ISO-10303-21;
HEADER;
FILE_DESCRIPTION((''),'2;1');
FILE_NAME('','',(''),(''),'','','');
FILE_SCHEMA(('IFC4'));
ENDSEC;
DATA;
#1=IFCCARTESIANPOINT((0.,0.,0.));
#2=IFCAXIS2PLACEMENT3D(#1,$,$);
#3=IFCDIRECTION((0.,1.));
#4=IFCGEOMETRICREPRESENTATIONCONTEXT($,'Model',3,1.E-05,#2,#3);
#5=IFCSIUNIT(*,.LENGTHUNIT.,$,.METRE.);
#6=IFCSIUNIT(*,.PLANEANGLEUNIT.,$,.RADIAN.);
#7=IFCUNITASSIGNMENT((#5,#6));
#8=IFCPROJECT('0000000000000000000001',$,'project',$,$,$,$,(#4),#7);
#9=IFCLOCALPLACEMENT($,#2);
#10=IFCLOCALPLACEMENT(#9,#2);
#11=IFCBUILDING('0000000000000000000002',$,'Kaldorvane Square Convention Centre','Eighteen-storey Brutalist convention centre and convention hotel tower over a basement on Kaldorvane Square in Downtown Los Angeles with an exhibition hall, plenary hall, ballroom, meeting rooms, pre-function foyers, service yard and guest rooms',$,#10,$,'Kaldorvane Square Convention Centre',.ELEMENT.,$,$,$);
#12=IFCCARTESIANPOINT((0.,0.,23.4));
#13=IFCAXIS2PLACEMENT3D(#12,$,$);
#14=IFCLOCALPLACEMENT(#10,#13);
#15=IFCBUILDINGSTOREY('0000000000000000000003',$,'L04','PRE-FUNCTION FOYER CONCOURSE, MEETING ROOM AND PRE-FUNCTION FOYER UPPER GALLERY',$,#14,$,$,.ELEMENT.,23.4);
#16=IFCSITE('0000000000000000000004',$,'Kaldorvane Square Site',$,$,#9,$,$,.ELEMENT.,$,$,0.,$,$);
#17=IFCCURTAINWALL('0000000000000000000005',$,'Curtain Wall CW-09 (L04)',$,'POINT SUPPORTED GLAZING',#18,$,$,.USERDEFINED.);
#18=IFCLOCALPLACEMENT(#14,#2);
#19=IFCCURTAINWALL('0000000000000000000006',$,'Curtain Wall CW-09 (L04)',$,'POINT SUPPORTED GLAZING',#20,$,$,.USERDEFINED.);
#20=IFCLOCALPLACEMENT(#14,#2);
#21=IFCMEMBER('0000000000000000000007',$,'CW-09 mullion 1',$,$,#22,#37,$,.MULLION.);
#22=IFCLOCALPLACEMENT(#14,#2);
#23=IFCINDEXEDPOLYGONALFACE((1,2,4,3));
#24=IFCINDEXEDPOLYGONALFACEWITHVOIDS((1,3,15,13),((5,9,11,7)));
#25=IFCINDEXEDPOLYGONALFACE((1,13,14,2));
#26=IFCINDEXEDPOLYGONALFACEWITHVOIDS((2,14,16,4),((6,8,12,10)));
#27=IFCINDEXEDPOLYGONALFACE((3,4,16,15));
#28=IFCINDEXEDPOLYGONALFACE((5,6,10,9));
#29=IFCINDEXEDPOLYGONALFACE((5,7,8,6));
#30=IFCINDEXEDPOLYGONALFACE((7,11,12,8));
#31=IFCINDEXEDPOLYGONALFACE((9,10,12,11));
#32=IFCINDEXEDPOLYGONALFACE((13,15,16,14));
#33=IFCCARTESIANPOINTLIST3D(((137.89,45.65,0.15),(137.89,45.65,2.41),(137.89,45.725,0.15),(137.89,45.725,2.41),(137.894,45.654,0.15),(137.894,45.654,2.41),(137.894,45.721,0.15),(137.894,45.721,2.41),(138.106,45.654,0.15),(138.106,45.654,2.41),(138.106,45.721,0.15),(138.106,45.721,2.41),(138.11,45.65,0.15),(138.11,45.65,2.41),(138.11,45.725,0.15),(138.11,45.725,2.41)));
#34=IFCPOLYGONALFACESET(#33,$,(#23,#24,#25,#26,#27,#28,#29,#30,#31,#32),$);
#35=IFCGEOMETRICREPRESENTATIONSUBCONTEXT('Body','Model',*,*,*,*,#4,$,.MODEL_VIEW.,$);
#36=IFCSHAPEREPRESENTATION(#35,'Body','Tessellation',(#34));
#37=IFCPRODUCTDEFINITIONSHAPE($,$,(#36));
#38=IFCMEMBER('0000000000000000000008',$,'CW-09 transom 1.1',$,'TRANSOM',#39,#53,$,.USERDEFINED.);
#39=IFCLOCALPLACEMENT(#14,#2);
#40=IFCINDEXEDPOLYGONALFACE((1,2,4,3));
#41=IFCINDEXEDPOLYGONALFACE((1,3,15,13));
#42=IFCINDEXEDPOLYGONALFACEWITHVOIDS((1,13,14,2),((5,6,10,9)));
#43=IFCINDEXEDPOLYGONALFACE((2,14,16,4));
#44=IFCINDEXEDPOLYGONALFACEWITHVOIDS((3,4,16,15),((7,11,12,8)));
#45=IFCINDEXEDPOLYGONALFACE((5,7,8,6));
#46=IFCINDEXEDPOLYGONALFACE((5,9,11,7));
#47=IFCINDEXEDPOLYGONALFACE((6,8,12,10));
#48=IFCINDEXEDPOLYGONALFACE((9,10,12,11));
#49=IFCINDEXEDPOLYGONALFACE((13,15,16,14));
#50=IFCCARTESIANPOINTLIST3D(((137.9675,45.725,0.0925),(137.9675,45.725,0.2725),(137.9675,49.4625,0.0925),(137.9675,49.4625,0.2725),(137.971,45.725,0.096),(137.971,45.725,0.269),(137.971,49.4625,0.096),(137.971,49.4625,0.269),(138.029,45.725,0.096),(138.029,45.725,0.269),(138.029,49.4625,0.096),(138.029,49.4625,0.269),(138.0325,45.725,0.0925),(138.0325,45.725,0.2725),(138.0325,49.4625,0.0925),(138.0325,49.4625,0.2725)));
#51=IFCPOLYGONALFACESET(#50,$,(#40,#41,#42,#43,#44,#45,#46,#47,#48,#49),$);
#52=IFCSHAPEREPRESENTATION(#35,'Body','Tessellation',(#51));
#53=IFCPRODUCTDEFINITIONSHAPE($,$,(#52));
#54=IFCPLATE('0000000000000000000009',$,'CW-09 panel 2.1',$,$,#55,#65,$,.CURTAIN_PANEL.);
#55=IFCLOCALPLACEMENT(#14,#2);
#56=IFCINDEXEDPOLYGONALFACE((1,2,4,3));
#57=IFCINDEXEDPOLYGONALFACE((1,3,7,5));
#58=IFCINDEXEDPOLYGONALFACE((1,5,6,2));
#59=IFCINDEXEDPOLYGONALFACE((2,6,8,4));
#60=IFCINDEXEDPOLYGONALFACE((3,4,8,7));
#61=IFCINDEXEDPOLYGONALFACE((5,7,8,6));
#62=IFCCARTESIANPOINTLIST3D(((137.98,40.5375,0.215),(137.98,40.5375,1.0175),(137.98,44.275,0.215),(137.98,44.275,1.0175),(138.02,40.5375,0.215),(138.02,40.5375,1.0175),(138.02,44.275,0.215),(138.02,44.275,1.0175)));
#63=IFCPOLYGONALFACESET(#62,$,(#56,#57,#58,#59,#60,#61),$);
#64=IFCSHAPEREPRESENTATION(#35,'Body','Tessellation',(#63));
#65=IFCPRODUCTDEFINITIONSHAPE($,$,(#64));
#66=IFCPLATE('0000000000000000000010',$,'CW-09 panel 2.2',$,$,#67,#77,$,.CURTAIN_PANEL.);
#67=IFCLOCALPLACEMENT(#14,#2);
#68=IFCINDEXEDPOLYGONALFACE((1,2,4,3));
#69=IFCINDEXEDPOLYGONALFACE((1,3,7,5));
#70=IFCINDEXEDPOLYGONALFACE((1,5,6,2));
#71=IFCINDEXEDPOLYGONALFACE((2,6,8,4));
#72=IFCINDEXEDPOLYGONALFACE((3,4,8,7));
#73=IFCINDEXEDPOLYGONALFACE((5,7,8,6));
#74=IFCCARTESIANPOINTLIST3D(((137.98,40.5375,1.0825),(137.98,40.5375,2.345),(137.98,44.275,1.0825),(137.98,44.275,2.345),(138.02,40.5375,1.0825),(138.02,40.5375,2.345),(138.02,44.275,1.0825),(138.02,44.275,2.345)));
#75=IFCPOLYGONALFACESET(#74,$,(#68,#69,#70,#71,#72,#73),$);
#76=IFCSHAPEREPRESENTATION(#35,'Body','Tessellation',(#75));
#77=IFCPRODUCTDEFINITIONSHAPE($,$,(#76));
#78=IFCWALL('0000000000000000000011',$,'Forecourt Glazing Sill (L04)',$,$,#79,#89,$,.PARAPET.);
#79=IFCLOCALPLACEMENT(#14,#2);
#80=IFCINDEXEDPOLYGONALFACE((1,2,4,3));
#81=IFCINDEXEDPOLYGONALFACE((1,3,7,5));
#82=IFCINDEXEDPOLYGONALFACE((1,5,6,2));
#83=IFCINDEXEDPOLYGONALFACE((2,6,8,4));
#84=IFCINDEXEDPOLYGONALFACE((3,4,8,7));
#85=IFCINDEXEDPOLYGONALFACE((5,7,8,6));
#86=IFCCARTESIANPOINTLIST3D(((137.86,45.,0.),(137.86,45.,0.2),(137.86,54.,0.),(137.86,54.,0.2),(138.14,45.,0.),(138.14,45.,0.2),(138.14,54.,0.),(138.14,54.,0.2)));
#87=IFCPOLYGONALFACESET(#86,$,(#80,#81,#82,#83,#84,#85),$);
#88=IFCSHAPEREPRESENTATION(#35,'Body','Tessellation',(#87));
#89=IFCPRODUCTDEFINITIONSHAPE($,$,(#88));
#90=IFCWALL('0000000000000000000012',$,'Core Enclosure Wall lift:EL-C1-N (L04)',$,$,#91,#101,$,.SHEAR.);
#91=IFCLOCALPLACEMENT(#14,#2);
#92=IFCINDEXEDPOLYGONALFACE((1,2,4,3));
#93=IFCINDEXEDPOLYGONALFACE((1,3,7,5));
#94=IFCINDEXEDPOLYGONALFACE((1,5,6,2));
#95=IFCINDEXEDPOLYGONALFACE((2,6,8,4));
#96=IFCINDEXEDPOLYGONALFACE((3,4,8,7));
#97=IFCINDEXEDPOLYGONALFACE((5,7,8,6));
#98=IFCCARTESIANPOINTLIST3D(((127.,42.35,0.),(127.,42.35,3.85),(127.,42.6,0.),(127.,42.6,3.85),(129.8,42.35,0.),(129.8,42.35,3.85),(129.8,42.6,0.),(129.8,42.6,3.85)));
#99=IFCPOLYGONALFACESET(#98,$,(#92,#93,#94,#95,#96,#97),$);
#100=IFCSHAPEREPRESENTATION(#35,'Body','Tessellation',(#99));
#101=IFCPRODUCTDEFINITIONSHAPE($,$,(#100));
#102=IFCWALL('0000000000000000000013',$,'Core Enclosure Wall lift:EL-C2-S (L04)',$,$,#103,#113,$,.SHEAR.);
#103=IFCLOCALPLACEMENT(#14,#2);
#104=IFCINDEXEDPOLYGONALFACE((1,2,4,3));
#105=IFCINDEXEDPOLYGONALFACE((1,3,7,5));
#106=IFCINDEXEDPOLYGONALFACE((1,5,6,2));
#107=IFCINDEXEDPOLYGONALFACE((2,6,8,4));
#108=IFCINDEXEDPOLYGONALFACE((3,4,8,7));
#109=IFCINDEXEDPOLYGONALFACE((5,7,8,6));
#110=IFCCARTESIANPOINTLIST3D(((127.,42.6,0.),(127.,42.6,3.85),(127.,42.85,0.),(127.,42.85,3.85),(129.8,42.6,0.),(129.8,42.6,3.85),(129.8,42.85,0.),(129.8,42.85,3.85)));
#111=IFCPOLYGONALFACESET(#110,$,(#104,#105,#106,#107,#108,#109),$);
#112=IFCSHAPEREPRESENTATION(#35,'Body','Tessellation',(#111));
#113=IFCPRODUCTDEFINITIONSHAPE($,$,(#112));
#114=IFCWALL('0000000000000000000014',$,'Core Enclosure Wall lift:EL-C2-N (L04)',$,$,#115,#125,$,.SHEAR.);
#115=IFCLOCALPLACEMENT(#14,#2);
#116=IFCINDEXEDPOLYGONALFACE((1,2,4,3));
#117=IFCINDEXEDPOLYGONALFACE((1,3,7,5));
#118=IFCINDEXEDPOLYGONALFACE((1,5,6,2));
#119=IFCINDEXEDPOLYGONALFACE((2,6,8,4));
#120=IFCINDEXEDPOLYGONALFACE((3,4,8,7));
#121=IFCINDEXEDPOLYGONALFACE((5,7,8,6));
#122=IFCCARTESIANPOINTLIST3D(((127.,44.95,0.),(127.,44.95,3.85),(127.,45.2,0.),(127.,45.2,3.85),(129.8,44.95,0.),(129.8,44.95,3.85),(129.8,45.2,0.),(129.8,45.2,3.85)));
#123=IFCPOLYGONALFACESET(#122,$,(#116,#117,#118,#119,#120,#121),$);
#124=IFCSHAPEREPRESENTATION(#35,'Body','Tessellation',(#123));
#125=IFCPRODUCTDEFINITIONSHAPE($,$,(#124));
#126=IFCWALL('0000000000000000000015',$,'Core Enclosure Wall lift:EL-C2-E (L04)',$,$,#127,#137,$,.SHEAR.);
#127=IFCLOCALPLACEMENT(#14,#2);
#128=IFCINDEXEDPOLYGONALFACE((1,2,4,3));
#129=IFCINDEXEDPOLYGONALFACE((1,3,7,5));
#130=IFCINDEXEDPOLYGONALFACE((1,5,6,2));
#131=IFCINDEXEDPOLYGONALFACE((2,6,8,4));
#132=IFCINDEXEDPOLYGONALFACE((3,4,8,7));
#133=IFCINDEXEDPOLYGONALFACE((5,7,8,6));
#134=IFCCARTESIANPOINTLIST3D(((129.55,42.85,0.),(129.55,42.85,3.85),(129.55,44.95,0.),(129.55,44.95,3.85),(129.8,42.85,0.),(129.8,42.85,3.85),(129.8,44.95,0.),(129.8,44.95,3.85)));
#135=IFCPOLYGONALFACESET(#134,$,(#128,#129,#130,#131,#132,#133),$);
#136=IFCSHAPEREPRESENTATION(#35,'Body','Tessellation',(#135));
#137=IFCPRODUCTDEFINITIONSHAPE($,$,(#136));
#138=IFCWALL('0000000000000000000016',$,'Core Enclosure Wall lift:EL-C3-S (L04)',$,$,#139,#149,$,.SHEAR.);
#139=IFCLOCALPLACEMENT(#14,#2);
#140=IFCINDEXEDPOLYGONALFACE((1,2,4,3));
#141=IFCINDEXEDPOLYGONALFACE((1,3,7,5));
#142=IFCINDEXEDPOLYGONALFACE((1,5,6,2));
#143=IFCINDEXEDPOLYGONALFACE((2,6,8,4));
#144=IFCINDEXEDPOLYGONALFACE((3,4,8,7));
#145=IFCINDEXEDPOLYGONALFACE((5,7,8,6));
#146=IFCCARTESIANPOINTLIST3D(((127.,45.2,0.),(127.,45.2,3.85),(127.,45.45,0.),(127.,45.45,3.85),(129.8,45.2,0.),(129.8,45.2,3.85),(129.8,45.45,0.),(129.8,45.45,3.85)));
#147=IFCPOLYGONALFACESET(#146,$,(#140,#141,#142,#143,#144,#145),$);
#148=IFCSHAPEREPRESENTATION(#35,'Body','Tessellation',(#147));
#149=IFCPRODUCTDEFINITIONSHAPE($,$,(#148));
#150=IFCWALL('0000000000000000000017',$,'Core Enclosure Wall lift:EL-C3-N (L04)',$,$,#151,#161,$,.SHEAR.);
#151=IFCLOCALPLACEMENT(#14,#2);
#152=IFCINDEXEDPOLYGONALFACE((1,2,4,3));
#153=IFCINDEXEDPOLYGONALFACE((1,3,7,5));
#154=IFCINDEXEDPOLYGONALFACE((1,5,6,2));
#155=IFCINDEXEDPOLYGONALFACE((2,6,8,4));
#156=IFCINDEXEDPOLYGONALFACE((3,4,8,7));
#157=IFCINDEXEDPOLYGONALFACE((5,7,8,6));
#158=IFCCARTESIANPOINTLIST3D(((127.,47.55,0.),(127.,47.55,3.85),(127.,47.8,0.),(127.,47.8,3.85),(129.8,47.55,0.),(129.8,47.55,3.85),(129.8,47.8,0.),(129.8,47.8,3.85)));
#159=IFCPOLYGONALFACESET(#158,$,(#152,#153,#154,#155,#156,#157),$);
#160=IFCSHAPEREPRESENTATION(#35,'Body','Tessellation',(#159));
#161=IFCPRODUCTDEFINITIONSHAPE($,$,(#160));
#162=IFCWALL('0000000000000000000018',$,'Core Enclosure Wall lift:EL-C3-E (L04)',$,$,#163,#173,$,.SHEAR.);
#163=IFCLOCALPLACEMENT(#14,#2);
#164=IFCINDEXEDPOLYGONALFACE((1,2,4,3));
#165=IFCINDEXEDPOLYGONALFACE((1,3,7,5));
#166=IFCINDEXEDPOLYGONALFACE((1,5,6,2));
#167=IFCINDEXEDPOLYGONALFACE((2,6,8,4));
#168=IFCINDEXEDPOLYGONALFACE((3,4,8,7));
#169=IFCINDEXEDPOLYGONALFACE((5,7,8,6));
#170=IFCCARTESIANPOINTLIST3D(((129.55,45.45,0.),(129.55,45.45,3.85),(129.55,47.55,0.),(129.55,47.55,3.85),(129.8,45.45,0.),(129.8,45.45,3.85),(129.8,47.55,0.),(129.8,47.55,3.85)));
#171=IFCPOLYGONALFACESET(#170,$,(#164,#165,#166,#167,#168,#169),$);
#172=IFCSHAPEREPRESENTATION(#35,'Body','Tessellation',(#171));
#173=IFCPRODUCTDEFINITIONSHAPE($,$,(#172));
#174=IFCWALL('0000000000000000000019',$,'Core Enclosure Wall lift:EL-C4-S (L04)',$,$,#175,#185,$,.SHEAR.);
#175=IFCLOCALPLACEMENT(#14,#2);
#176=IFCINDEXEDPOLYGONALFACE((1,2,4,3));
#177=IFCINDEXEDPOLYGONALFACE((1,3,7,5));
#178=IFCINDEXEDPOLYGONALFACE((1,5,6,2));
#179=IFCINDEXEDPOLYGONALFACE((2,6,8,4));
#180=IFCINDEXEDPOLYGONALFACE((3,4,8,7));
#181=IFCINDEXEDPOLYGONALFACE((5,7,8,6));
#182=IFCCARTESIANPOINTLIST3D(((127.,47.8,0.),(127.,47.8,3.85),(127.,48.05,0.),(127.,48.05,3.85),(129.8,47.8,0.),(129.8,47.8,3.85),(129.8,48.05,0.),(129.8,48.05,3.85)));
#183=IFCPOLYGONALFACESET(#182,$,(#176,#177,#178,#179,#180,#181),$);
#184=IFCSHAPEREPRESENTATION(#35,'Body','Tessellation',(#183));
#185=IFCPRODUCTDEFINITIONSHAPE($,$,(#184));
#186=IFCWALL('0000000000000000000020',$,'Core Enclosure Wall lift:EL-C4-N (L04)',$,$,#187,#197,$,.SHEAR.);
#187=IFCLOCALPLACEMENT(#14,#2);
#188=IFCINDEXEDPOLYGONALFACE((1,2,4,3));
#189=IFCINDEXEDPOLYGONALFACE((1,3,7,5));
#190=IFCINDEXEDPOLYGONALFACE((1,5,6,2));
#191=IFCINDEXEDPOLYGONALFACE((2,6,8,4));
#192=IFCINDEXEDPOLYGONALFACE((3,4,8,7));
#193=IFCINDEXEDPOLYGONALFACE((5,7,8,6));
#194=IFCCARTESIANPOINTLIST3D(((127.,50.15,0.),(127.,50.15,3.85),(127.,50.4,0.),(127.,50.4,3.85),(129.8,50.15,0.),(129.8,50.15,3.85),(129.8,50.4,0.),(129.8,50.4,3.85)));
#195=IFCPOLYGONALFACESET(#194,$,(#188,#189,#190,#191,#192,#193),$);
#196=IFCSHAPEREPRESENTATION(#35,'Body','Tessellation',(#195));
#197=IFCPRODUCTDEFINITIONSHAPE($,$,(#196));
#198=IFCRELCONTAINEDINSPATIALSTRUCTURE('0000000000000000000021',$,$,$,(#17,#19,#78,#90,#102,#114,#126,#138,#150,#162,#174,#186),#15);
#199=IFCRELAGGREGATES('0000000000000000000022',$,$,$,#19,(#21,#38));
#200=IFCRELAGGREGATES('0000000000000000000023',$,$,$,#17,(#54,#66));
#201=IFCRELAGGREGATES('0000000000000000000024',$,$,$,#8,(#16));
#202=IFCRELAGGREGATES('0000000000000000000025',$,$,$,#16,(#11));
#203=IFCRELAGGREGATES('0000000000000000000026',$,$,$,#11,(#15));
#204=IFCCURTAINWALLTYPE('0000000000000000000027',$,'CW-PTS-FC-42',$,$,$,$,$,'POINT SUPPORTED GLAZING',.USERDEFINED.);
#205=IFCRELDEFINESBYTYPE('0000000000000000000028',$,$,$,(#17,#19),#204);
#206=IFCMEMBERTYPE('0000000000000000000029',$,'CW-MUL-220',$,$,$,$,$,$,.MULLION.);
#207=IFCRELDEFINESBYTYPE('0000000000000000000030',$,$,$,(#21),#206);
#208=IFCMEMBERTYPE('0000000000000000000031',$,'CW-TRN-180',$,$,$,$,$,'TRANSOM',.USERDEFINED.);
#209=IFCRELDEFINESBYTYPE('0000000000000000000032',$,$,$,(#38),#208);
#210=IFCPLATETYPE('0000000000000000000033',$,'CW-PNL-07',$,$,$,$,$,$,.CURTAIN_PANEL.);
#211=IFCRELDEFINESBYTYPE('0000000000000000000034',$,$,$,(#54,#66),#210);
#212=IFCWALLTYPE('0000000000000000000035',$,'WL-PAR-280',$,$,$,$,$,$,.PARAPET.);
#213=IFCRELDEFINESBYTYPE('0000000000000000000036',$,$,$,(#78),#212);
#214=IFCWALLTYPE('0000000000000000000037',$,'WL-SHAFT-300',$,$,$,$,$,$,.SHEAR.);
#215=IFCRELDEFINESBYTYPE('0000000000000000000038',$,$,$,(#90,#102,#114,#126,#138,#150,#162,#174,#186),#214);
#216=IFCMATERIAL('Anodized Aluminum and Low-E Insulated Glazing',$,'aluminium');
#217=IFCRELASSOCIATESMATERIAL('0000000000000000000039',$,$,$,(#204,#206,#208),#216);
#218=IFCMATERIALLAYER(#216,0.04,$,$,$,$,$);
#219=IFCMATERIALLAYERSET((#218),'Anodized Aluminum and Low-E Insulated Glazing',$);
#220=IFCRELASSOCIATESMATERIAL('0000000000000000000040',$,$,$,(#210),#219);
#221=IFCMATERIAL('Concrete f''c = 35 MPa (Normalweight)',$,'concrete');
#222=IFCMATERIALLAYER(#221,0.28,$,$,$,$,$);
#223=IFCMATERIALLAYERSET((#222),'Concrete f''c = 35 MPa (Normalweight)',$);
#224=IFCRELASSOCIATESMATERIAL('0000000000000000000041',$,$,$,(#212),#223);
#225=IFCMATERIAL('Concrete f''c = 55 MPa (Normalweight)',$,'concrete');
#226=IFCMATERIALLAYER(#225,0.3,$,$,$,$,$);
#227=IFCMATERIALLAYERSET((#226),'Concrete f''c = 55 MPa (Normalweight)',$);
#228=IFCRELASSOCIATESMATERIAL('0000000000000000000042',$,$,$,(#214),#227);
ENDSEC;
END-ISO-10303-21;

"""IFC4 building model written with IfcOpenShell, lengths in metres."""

from ifc_helpers import new_model, si_unit, direction, frame, frame_2d, origin, origin_2d, place, context, subcontext, project, spatial, rectangle, hollow_rectangle, extrude, material, layer, layer_set, material_profile, profile_set, type_object, element, aggregate, save


model = new_model("IFC4")

# Units and contexts
model_context = context("Model", 3, precision=1e-05, world=origin(), true_north=direction((0.0, 1.0)))
body_context = subcontext(model_context, "Body", "Model", "MODEL_VIEW")
ifc_project = project(units=[si_unit("LENGTHUNIT", "METRE"), si_unit("PLANEANGLEUNIT", "RADIAN")], contexts=[model_context])

# Site, building, storey
site_placement = place(None, origin())
site = spatial("IfcSite", under=ifc_project, at=site_placement, Name="Kaldorvane Square Site", CompositionType="ELEMENT", RefElevation=0.0)
building_placement = place(site_placement, origin())
building = spatial("IfcBuilding", under=site, at=building_placement, Name="Kaldorvane Square Convention Centre", Description="Eighteen-storey Brutalist convention centre and convention hotel tower over a basement on Kaldorvane Square in Downtown Los Angeles with an exhibition hall, plenary hall, ballroom, meeting rooms, pre-function foyers, service yard and guest rooms", LongName="Kaldorvane Square Convention Centre", CompositionType="ELEMENT")
storey_placement = place(building_placement, frame((0.0, 0.0, 23.4)))
storey = spatial("IfcBuildingStorey", under=building, at=storey_placement, Name="L04", Description="PRE-FUNCTION FOYER CONCOURSE, MEETING ROOM AND PRE-FUNCTION FOYER UPPER GALLERY", CompositionType="ELEMENT", Elevation=23.4)

# Curtain wall
ifc_material_1 = material(Name="Anodized Aluminum and Low-E Insulated Glazing", Category="aluminium")
curtain_wall_type = type_object("IfcCurtainWallType", Name="CW-PTS-FC-42", ElementType="POINT SUPPORTED GLAZING", PredefinedType="USERDEFINED", material=ifc_material_1)
curtain_wall_1_placement = place(storey_placement, origin())
curtain_wall_1 = element("IfcCurtainWall", 1, at=curtain_wall_1_placement, inside=storey, type_object=curtain_wall_type, Name="Curtain Wall CW-09 (L04)", ObjectType="POINT SUPPORTED GLAZING", PredefinedType="USERDEFINED")
ifc_material_profile_1 = material_profile(ifc_material_1, hollow_rectangle(XDim=0.075, YDim=0.22, WallThickness=0.004, at=origin_2d()), Name="CWM-220X75")
ifc_profile_set_1 = profile_set([ifc_material_profile_1], Name="Anodized Aluminum and Low-E Insulated Glazing")
member_type_1 = type_object("IfcMemberType", Name="CW-MUL-220", PredefinedType="MULLION", material=ifc_profile_set_1)

# Curtain wall, members
curtain_wall_2_placement = place(storey_placement, origin())
curtain_wall_2 = element("IfcCurtainWall", 2, at=curtain_wall_2_placement, inside=storey, type_object=curtain_wall_type, Name="Curtain Wall CW-09 (L04)", ObjectType="POINT SUPPORTED GLAZING", PredefinedType="USERDEFINED")
member_1_placement = place(storey_placement, frame((138.0, 45.6875, 0.15), z_axis=(0.0, 0.0, 1.0), x_axis=(0.0, 1.0, 0.0)))
member_1 = element("IfcMember", 3, at=member_1_placement, type_object=member_type_1, Name="CW-09 mullion 1", PredefinedType="MULLION", context=body_context, shape_type="SweptSolid", body=[
    extrude(hollow_rectangle(XDim=0.075, YDim=0.22, WallThickness=0.004, at=origin_2d()), origin(), (0.0, 0.0, 1.0), 2.26),
])
ifc_material_profile_2 = material_profile(ifc_material_1, hollow_rectangle(XDim=0.065, YDim=0.18, WallThickness=0.0035, at=origin_2d()), Name="CWT-180X65")
ifc_profile_set_2 = profile_set([ifc_material_profile_2], Name="Anodized Aluminum and Low-E Insulated Glazing")
member_type_2 = type_object("IfcMemberType", Name="CW-TRN-180", ElementType="TRANSOM", PredefinedType="USERDEFINED", material=ifc_profile_set_2)
member_2_placement = place(storey_placement, frame((138.0, 45.725, 0.1825), z_axis=(0.0, 1.0, 0.0), x_axis=(-1.0, 0.0, 0.0)))
member_2 = element("IfcMember", 4, at=member_2_placement, type_object=member_type_2, Name="CW-09 transom 1.1", ObjectType="TRANSOM", PredefinedType="USERDEFINED", context=body_context, shape_type="SweptSolid", body=[
    extrude(hollow_rectangle(XDim=0.065, YDim=0.18, WallThickness=0.0035, at=origin_2d()), origin(), (0.0, 0.0, 1.0), 3.7375),
])
aggregate(curtain_wall_2, [member_1, member_2])

# Plates
ifc_layer_1 = layer(ifc_material_1, 0.04)
ifc_layer_set_1 = layer_set([ifc_layer_1], Name="Anodized Aluminum and Low-E Insulated Glazing")
plate_type = type_object("IfcPlateType", Name="CW-PNL-07", PredefinedType="CURTAIN_PANEL", material=ifc_layer_set_1)
plate_1_placement = place(storey_placement, frame((138.0, 42.4062, 0.215), z_axis=(0.0, 0.0, 1.0), x_axis=(0.0, 1.0, 0.0)))
plate_1 = element("IfcPlate", 5, at=plate_1_placement, type_object=plate_type, Name="CW-09 panel 2.1", PredefinedType="CURTAIN_PANEL", context=body_context, shape_type="SweptSolid", body=[
    extrude(rectangle(XDim=3.7375, YDim=0.04, at=origin_2d()), origin(), (0.0, 0.0, 1.0), 0.8025),
])
plate_2_placement = place(storey_placement, frame((138.0, 42.4062, 1.0825), z_axis=(0.0, 0.0, 1.0), x_axis=(0.0, 1.0, 0.0)))
plate_2 = element("IfcPlate", 6, at=plate_2_placement, type_object=plate_type, Name="CW-09 panel 2.2", PredefinedType="CURTAIN_PANEL", context=body_context, shape_type="SweptSolid", body=[
    extrude(rectangle(XDim=3.7375, YDim=0.04, at=origin_2d()), origin(), (0.0, 0.0, 1.0), 1.2625),
])
aggregate(curtain_wall_1, [plate_1, plate_2])

# Walls
ifc_material_2 = material(Name="Concrete f'c = 35 MPa (Normalweight)", Category="concrete")
ifc_layer_2 = layer(ifc_material_2, 0.28)
ifc_layer_set_2 = layer_set([ifc_layer_2], Name="Concrete f'c = 35 MPa (Normalweight)")
wall_type_1 = type_object("IfcWallType", Name="WL-PAR-280", PredefinedType="PARAPET", material=ifc_layer_set_2)
wall_1_placement = place(storey_placement, frame((138.0, 45.0, 0.0), z_axis=(0.0, 0.0, 1.0), x_axis=(0.0, 1.0, 0.0)))
element("IfcWall", 7, at=wall_1_placement, inside=storey, type_object=wall_type_1, Name="Forecourt Glazing Sill (L04)", PredefinedType="PARAPET", context=body_context, shape_type="SweptSolid", body=[
    extrude(rectangle(XDim=9.0, YDim=0.28, at=frame_2d((4.5, 0.0))), origin(), (0.0, 0.0, 1.0), 0.2),
])
ifc_material_3 = material(Name="Concrete f'c = 55 MPa (Normalweight)", Category="concrete")
ifc_layer_3 = layer(ifc_material_3, 0.3)
ifc_layer_set_3 = layer_set([ifc_layer_3], Name="Concrete f'c = 55 MPa (Normalweight)")
wall_type_2 = type_object("IfcWallType", Name="WL-SHAFT-300", PredefinedType="SHEAR", material=ifc_layer_set_3)
wall_2_placement = place(storey_placement, frame((129.8, 42.475, 0.0), z_axis=(0.0, 0.0, 1.0), x_axis=(-1.0, 0.0, 0.0)))
element("IfcWall", 8, at=wall_2_placement, inside=storey, type_object=wall_type_2, Name="Core Enclosure Wall lift:EL-C1-N (L04)", PredefinedType="SHEAR", context=body_context, shape_type="SweptSolid", body=[
    extrude(rectangle(XDim=2.8, YDim=0.25, at=frame_2d((1.4, 0.0))), origin(), (0.0, 0.0, 1.0), 3.85),
])

# Walls
for number, where, z_axis, x_axis, name in (
    (9, (127.0, 42.725, 0.0), (0.0, 0.0, 1.0), (1.0, 0.0, 0.0), "Core Enclosure Wall lift:EL-C2-S (L04)"),
    (10, (129.8, 45.075, 0.0), (0.0, 0.0, 1.0), (-1.0, 0.0, 0.0), "Core Enclosure Wall lift:EL-C2-N (L04)"),
):
    element("IfcWall", number, at=place(storey_placement, frame(where, z_axis=z_axis, x_axis=x_axis)), inside=storey, type_object=wall_type_2, Name=name, PredefinedType="SHEAR", context=body_context, shape_type="SweptSolid", body=[
        extrude(rectangle(XDim=2.8, YDim=0.25, at=frame_2d((1.4, 0.0))), origin(), (0.0, 0.0, 1.0), 3.85),
    ])

# Walls
wall_3_placement = place(storey_placement, frame((129.675, 42.85, 0.0), z_axis=(0.0, 0.0, 1.0), x_axis=(0.0, 1.0, 0.0)))
element("IfcWall", 11, at=wall_3_placement, inside=storey, type_object=wall_type_2, Name="Core Enclosure Wall lift:EL-C2-E (L04)", PredefinedType="SHEAR", context=body_context, shape_type="SweptSolid", body=[
    extrude(rectangle(XDim=2.1, YDim=0.25, at=frame_2d((1.05, 0.0))), origin(), (0.0, 0.0, 1.0), 3.85),
])
for number, where, z_axis, x_axis, name in (
    (12, (127.0, 45.325, 0.0), (0.0, 0.0, 1.0), (1.0, 0.0, 0.0), "Core Enclosure Wall lift:EL-C3-S (L04)"),
    (13, (129.8, 47.675, 0.0), (0.0, 0.0, 1.0), (-1.0, 0.0, 0.0), "Core Enclosure Wall lift:EL-C3-N (L04)"),
):
    element("IfcWall", number, at=place(storey_placement, frame(where, z_axis=z_axis, x_axis=x_axis)), inside=storey, type_object=wall_type_2, Name=name, PredefinedType="SHEAR", context=body_context, shape_type="SweptSolid", body=[
        extrude(rectangle(XDim=2.8, YDim=0.25, at=frame_2d((1.4, 0.0))), origin(), (0.0, 0.0, 1.0), 3.85),
    ])

# Walls
wall_4_placement = place(storey_placement, frame((129.675, 45.45, 0.0), z_axis=(0.0, 0.0, 1.0), x_axis=(0.0, 1.0, 0.0)))
element("IfcWall", 14, at=wall_4_placement, inside=storey, type_object=wall_type_2, Name="Core Enclosure Wall lift:EL-C3-E (L04)", PredefinedType="SHEAR", context=body_context, shape_type="SweptSolid", body=[
    extrude(rectangle(XDim=2.1, YDim=0.25, at=frame_2d((1.05, 0.0))), origin(), (0.0, 0.0, 1.0), 3.85),
])
for number, where, z_axis, x_axis, name in (
    (15, (127.0, 47.925, 0.0), (0.0, 0.0, 1.0), (1.0, 0.0, 0.0), "Core Enclosure Wall lift:EL-C4-S (L04)"),
    (16, (129.8, 50.275, 0.0), (0.0, 0.0, 1.0), (-1.0, 0.0, 0.0), "Core Enclosure Wall lift:EL-C4-N (L04)"),
):
    element("IfcWall", number, at=place(storey_placement, frame(where, z_axis=z_axis, x_axis=x_axis)), inside=storey, type_object=wall_type_2, Name=name, PredefinedType="SHEAR", context=body_context, shape_type="SweptSolid", body=[
        extrude(rectangle(XDim=2.8, YDim=0.25, at=frame_2d((1.4, 0.0))), origin(), (0.0, 0.0, 1.0), 3.85),
    ])

save(model, "model.ifc")
